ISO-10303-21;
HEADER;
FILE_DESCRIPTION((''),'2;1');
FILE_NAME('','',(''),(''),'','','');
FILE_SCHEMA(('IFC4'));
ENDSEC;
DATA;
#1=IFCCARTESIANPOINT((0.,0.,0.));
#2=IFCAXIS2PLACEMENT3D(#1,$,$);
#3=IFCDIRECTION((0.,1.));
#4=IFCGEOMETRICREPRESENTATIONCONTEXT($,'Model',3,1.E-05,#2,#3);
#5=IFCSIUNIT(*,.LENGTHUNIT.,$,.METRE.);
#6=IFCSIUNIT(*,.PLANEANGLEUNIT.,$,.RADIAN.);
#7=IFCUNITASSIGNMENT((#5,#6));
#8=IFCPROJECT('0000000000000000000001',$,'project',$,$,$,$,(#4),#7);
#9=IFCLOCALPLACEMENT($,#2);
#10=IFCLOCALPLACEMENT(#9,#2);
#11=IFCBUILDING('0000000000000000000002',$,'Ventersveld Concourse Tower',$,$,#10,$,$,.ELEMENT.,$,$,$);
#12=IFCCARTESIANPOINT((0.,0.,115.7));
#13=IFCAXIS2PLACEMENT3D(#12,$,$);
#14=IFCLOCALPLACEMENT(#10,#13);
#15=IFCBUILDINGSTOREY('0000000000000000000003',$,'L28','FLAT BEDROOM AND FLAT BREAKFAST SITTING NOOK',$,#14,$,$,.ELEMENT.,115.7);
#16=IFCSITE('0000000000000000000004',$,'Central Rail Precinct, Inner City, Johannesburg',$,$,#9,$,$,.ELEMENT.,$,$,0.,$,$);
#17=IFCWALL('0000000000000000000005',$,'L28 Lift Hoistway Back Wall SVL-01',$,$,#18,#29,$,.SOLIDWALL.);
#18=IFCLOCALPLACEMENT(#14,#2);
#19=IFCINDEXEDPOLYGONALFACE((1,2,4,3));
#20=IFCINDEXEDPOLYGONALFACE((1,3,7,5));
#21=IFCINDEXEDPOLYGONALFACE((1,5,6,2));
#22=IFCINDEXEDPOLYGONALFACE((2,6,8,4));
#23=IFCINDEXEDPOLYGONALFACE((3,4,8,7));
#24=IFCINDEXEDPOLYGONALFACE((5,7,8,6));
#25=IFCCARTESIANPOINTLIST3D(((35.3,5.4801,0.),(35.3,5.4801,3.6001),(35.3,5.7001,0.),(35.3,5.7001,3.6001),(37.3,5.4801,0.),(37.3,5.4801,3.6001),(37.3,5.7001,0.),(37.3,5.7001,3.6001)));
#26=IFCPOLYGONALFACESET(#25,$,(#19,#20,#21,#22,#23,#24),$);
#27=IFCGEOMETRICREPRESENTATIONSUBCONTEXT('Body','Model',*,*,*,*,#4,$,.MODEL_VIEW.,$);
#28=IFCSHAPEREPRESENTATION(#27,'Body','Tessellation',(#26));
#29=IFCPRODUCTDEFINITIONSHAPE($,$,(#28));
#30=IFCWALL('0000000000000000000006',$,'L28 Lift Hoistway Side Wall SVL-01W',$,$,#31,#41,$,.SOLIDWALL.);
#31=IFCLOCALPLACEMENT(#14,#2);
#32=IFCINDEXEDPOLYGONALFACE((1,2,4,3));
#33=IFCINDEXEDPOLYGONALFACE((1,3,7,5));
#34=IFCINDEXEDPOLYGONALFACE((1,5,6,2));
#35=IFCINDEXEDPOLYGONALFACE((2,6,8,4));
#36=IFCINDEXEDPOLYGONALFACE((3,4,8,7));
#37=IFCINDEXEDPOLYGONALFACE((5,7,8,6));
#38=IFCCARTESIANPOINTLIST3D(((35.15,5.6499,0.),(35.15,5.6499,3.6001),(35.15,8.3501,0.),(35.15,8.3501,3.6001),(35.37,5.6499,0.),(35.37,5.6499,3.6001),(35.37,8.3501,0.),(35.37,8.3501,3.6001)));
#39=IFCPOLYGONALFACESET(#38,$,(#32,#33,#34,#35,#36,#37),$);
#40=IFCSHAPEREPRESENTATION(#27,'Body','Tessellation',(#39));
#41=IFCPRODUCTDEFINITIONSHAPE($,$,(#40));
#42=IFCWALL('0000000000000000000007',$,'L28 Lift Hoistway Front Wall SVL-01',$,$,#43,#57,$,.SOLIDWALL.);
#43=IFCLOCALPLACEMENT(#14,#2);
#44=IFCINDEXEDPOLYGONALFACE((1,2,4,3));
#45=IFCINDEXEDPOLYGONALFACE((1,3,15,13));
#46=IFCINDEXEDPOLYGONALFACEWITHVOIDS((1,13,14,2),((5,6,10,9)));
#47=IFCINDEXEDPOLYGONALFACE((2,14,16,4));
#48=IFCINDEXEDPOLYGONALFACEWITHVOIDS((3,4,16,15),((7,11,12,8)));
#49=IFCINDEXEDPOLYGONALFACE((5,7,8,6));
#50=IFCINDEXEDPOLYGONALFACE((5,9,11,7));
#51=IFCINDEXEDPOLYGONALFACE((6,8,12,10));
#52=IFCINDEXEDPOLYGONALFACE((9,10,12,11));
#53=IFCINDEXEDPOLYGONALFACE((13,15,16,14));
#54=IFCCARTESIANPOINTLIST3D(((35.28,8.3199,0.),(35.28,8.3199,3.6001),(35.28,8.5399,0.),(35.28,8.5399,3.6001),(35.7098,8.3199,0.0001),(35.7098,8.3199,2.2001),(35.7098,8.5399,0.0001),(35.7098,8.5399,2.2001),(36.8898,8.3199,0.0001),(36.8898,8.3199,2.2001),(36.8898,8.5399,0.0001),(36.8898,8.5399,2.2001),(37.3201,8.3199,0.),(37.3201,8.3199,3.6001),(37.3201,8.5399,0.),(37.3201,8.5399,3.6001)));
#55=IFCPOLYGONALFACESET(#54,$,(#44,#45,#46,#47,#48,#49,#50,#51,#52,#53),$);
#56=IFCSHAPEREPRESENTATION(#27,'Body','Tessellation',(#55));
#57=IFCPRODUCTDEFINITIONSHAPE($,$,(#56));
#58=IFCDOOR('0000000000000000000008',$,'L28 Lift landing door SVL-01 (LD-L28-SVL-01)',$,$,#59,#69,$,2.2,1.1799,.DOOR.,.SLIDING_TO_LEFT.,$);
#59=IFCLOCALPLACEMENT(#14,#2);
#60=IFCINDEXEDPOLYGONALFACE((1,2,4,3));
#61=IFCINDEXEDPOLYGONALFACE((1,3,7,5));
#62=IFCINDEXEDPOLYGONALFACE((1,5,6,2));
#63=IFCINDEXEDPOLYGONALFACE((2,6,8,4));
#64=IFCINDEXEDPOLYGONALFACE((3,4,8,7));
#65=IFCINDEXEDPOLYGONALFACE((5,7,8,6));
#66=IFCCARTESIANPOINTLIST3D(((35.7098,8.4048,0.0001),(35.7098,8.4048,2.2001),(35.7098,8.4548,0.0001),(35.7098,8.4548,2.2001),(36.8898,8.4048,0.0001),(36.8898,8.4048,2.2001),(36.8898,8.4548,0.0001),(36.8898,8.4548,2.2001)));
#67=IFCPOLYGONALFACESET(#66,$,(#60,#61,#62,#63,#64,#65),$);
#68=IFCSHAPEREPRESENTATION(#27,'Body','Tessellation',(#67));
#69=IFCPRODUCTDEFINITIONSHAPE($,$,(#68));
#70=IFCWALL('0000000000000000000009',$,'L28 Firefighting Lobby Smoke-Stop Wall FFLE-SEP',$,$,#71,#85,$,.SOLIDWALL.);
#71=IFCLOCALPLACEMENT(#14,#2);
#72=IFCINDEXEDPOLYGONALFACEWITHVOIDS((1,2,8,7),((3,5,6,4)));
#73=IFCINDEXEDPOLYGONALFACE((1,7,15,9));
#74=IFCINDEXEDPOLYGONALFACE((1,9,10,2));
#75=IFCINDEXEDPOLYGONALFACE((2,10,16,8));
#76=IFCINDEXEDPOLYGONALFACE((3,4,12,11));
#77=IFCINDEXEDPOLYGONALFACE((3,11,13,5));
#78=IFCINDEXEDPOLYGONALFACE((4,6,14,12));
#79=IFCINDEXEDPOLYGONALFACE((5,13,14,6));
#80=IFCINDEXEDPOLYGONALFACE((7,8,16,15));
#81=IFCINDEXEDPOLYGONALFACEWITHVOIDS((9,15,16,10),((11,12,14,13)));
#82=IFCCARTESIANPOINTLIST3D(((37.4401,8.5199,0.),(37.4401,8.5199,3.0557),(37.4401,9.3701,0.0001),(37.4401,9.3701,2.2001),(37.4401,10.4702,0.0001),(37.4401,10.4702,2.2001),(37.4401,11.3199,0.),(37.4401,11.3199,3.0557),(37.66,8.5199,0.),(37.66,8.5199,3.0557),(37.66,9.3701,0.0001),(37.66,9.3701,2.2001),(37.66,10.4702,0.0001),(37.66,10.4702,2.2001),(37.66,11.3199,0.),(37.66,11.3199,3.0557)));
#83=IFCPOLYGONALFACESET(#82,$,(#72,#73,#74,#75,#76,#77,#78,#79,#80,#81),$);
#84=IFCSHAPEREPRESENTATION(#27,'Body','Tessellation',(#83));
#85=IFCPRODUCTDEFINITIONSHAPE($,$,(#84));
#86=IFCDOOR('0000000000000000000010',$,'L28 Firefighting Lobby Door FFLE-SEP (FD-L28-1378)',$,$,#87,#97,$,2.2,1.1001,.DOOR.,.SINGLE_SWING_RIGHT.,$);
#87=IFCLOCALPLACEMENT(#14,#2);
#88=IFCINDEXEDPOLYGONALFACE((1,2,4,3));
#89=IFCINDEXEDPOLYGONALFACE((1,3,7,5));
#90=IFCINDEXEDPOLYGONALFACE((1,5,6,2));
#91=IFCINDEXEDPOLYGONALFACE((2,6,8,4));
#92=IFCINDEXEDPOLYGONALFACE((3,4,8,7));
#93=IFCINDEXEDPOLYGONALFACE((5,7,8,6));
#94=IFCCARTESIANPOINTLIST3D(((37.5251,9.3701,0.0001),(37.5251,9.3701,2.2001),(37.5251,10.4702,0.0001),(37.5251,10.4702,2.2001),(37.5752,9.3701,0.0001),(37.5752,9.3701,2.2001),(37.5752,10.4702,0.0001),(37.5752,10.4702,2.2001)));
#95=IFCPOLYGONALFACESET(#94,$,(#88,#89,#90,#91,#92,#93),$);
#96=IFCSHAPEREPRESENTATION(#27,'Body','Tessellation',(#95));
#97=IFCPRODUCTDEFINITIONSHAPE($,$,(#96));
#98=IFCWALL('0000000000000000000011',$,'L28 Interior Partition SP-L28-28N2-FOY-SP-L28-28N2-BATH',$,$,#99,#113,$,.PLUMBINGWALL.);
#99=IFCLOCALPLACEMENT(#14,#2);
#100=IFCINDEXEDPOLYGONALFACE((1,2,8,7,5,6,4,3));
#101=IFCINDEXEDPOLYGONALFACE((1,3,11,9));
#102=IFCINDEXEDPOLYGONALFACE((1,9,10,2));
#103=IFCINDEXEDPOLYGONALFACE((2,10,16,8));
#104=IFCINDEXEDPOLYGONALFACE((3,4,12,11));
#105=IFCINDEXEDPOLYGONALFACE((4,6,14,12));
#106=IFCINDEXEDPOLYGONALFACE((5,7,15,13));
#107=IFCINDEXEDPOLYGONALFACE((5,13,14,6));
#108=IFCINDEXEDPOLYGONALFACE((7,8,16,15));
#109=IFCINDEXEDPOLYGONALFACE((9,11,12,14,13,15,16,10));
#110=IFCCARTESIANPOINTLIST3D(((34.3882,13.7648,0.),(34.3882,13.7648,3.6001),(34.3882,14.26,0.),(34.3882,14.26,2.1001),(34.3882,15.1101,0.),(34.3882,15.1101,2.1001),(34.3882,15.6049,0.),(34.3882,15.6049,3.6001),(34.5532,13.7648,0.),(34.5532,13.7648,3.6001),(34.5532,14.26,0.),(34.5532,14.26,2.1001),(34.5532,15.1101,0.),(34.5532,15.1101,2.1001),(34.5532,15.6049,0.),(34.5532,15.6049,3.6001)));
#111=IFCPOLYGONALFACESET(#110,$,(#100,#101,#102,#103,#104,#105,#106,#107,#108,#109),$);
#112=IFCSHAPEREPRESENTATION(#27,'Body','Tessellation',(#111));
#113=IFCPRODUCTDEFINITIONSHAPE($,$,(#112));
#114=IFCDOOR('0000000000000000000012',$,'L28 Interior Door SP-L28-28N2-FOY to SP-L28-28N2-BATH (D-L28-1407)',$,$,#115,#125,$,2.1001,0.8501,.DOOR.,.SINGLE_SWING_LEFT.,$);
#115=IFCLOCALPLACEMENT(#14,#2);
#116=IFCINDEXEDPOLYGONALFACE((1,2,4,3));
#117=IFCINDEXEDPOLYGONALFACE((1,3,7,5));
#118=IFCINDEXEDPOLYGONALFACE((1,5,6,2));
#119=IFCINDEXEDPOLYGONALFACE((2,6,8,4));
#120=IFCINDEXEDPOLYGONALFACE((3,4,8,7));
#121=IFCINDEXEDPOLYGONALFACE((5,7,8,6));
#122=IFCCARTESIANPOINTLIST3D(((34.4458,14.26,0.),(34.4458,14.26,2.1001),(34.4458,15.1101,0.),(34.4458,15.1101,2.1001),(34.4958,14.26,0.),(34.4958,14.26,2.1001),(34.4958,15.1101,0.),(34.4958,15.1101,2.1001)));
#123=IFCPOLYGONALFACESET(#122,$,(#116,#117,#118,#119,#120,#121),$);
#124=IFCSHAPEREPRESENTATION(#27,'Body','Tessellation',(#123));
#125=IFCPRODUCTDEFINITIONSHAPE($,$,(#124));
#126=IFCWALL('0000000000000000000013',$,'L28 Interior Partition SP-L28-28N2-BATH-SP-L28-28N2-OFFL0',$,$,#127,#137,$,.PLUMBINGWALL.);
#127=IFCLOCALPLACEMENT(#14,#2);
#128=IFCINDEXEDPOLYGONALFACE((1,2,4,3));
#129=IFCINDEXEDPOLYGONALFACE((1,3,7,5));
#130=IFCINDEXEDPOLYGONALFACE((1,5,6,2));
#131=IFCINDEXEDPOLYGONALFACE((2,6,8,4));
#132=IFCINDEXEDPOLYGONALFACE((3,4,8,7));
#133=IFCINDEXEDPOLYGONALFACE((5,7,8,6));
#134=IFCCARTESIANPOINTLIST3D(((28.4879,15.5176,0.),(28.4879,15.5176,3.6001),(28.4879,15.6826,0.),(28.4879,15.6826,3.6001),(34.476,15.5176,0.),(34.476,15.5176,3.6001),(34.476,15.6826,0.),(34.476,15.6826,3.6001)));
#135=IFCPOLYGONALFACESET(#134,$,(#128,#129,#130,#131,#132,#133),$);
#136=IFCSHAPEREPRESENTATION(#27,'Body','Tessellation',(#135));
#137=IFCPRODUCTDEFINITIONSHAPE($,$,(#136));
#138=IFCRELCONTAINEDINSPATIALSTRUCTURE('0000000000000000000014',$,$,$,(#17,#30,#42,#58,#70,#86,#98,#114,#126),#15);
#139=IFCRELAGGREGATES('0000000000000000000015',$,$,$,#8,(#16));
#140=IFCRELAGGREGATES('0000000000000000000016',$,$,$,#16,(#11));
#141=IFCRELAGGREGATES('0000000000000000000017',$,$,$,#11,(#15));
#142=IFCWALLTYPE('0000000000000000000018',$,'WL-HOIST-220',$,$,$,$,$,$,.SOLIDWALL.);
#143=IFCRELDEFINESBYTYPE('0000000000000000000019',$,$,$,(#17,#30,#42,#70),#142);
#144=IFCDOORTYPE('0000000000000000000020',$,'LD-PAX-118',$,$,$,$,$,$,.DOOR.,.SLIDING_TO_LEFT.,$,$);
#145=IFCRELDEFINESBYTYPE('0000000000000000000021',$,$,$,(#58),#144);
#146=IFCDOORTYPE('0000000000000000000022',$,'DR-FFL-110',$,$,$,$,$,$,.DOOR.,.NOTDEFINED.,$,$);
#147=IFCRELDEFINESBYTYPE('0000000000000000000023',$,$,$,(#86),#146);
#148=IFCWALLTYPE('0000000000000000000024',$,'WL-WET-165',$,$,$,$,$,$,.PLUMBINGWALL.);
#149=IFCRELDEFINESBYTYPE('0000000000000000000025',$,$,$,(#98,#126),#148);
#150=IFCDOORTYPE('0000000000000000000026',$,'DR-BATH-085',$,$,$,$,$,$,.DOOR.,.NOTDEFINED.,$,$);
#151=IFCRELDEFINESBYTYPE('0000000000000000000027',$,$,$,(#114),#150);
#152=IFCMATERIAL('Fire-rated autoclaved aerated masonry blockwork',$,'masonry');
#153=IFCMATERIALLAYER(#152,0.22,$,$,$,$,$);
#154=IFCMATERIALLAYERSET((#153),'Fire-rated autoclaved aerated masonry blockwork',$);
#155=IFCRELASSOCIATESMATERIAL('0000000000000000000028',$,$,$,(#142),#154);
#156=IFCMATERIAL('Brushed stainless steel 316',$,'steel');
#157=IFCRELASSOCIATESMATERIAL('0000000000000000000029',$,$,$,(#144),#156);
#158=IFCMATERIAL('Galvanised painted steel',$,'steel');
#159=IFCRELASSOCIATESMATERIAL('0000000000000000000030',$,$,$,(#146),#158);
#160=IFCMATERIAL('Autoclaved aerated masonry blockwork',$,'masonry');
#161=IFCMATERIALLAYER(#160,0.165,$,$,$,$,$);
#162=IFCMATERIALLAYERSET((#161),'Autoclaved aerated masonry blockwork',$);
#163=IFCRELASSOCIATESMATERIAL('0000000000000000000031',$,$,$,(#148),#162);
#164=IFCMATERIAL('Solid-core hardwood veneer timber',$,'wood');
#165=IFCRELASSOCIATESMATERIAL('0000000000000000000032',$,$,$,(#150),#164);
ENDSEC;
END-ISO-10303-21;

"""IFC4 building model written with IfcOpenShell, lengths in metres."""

from ifc_helpers import new_model, si_unit, direction, frame, frame_2d, origin, place, context, subcontext, project, spatial, rectangle, extrude, material, layer, layer_set, type_object, element, fill, save


model = new_model("IFC4")

# Units and contexts
model_context = context("Model", 3, precision=1e-05, world=origin(), true_north=direction((0.0, 1.0)))
body_context = subcontext(model_context, "Body", "Model", "MODEL_VIEW")
ifc_project = project(units=[si_unit("LENGTHUNIT", "METRE"), si_unit("PLANEANGLEUNIT", "RADIAN")], contexts=[model_context])

# Site, building, storey
site_placement = place(None, origin())
site = spatial("IfcSite", under=ifc_project, at=site_placement, Name="Central Rail Precinct, Inner City, Johannesburg", CompositionType="ELEMENT", RefElevation=0.0)
building_placement = place(site_placement, origin())
building = spatial("IfcBuilding", under=site, at=building_placement, Name="Ventersveld Concourse Tower", CompositionType="ELEMENT")
storey_placement = place(building_placement, frame((0.0, 0.0, 115.7)))
storey = spatial("IfcBuildingStorey", under=building, at=storey_placement, Name="L28", Description="FLAT BEDROOM AND FLAT BREAKFAST SITTING NOOK", CompositionType="ELEMENT", Elevation=115.7)

# Shared definitions
ifc_material_1 = material(Name="Fire-rated autoclaved aerated masonry blockwork", Category="masonry")
ifc_material_2 = material(Name="Solid-core hardwood veneer timber", Category="wood")

# Walls
ifc_layer_1 = layer(ifc_material_1, 0.22)
ifc_layer_set_1 = layer_set([ifc_layer_1], Name="Fire-rated autoclaved aerated masonry blockwork")
wall_type_1 = type_object("IfcWallType", Name="WL-HOIST-220", PredefinedType="SOLIDWALL", material=ifc_layer_set_1)
wall_1_placement = place(storey_placement, frame((35.3, 5.5901, 0.0), z_axis=(0.0, 0.0, 1.0), x_axis=(1.0, 0.0, 0.0)))
element("IfcWall", 1, at=wall_1_placement, inside=storey, type_object=wall_type_1, Name="L28 Lift Hoistway Back Wall SVL-01", PredefinedType="SOLIDWALL", context=body_context, shape_type="SweptSolid", body=[
    extrude(rectangle(XDim=2.0, YDim=0.22, at=frame_2d((1.0, 0.0))), origin(), (0.0, 0.0, 1.0), 3.6001),
])
wall_2_placement = place(storey_placement, frame((35.26, 5.6499, 0.0), z_axis=(0.0, 0.0, 1.0), x_axis=(0.0, 1.0, 0.0)))
element("IfcWall", 2, at=wall_2_placement, inside=storey, type_object=wall_type_1, Name="L28 Lift Hoistway Side Wall SVL-01W", PredefinedType="SOLIDWALL", context=body_context, shape_type="SweptSolid", body=[
    extrude(rectangle(XDim=2.7002, YDim=0.22, at=frame_2d((1.3501, 0.0))), origin(), (0.0, 0.0, 1.0), 3.6001),
])

# Walls, openings, doors
wall_3_placement = place(storey_placement, frame((35.28, 8.4299, 0.0), z_axis=(0.0, 0.0, 1.0), x_axis=(1.0, 0.0, 0.0)))
wall_3 = element("IfcWall", 3, at=wall_3_placement, inside=storey, type_object=wall_type_1, Name="L28 Lift Hoistway Front Wall SVL-01", PredefinedType="SOLIDWALL", context=body_context, shape_type="SweptSolid", body=[
    extrude(rectangle(XDim=2.04, YDim=0.22, at=frame_2d((1.02, 0.0))), origin(), (0.0, 0.0, 1.0), 3.6001),
])
opening_1_placement = place(wall_3_placement, frame((0.4299, 0.0, 0.0)))
opening_1 = element("IfcOpeningElement", 4, at=opening_1_placement, cuts=wall_3, PredefinedType="OPENING", context=body_context, shape_type="SweptSolid", body=[
    extrude(rectangle(XDim=1.1799, YDim=2.2, at=frame_2d((0.5898, 1.1001))), frame((0.0, 0.1201, 0.0), z_axis=(0.0, -1.0, 0.0), x_axis=(1.0, 0.0, 0.0)), (0.0, 0.0, 1.0), 0.24),
])
ifc_material_3 = material(Name="Brushed stainless steel 316", Category="steel")
door_type_1 = type_object("IfcDoorType", Name="LD-PAX-118", OperationType="SLIDING_TO_LEFT", PredefinedType="DOOR", material=ifc_material_3)
door_1_placement = place(opening_1_placement, origin())
door_1 = element("IfcDoor", 5, at=door_1_placement, inside=storey, type_object=door_type_1, Name="L28 Lift landing door SVL-01 (LD-L28-SVL-01)", OperationType="SLIDING_TO_LEFT", OverallHeight=2.2, OverallWidth=1.1799, PredefinedType="DOOR", context=body_context, shape_type="SweptSolid", body=[
    extrude(rectangle(XDim=1.1799, YDim=2.2, at=frame_2d((0.5898, 1.1001))), frame((0.0, 0.0249, 0.0), z_axis=(0.0, -1.0, 0.0), x_axis=(1.0, 0.0, 0.0)), (0.0, 0.0, 1.0), 0.05),
])
fill(opening_1, door_1)
wall_4_placement = place(storey_placement, frame((37.55, 8.52, 0.0), z_axis=(0.0, 0.0, 1.0), x_axis=(0.0, 1.0, 0.0)))
wall_4 = element("IfcWall", 6, at=wall_4_placement, inside=storey, type_object=wall_type_1, Name="L28 Firefighting Lobby Smoke-Stop Wall FFLE-SEP", PredefinedType="SOLIDWALL", context=body_context, shape_type="SweptSolid", body=[
    extrude(rectangle(XDim=2.8, YDim=0.22, at=frame_2d((1.3999, 0.0))), origin(), (0.0, 0.0, 1.0), 3.0557),
])
opening_2_placement = place(wall_4_placement, frame((0.8501, 0.0, 0.0)))
opening_2 = element("IfcOpeningElement", 7, at=opening_2_placement, cuts=wall_4, PredefinedType="OPENING", context=body_context, shape_type="SweptSolid", body=[
    extrude(rectangle(XDim=1.1001, YDim=2.2, at=frame_2d((0.55, 1.1001))), frame((0.0, 0.1201, 0.0), z_axis=(0.0, -1.0, 0.0), x_axis=(1.0, 0.0, 0.0)), (0.0, 0.0, 1.0), 0.24),
])
ifc_material_4 = material(Name="Galvanised painted steel", Category="steel")
door_type_2 = type_object("IfcDoorType", Name="DR-FFL-110", OperationType="NOTDEFINED", PredefinedType="DOOR", material=ifc_material_4)
door_2_placement = place(opening_2_placement, origin())
door_2 = element("IfcDoor", 8, at=door_2_placement, inside=storey, type_object=door_type_2, Name="L28 Firefighting Lobby Door FFLE-SEP (FD-L28-1378)", OperationType="SINGLE_SWING_RIGHT", OverallHeight=2.2, OverallWidth=1.1001, PredefinedType="DOOR", context=body_context, shape_type="SweptSolid", body=[
    extrude(rectangle(XDim=1.1001, YDim=2.2, at=frame_2d((0.55, 1.1001))), frame((0.0, 0.0249, 0.0), z_axis=(0.0, -1.0, 0.0), x_axis=(1.0, 0.0, 0.0)), (0.0, 0.0, 1.0), 0.05),
])
fill(opening_2, door_2)
ifc_material_5 = material(Name="Autoclaved aerated masonry blockwork", Category="masonry")
ifc_layer_2 = layer(ifc_material_5, 0.165)
ifc_layer_set_2 = layer_set([ifc_layer_2], Name="Autoclaved aerated masonry blockwork")
wall_type_2 = type_object("IfcWallType", Name="WL-WET-165", PredefinedType="PLUMBINGWALL", material=ifc_layer_set_2)
wall_5_placement = place(storey_placement, frame((34.4707, 13.7649, 0.0), z_axis=(0.0, 0.0, 1.0), x_axis=(0.0, 1.0, 0.0)))
wall_5 = element("IfcWall", 9, at=wall_5_placement, inside=storey, type_object=wall_type_2, Name="L28 Interior Partition SP-L28-28N2-FOY-SP-L28-28N2-BATH", PredefinedType="PLUMBINGWALL", context=body_context, shape_type="SweptSolid", body=[
    extrude(rectangle(XDim=1.8401, YDim=0.165, at=frame_2d((0.9199, 0.0))), origin(), (0.0, 0.0, 1.0), 3.6001),
])
opening_3_placement = place(wall_5_placement, frame((0.4951, 0.0, 0.0)))
opening_3 = element("IfcOpeningElement", 10, at=opening_3_placement, cuts=wall_5, PredefinedType="OPENING", context=body_context, shape_type="SweptSolid", body=[
    extrude(rectangle(XDim=0.8501, YDim=2.1001, at=frame_2d((0.425, 1.05))), frame((0.0, 0.0925, 0.0), z_axis=(0.0, -1.0, 0.0), x_axis=(1.0, 0.0, 0.0)), (0.0, 0.0, 1.0), 0.1851),
])
door_type_3 = type_object("IfcDoorType", Name="DR-BATH-085", OperationType="NOTDEFINED", PredefinedType="DOOR", material=ifc_material_2)
door_3_placement = place(opening_3_placement, origin())
door_3 = element("IfcDoor", 11, at=door_3_placement, inside=storey, type_object=door_type_3, Name="L28 Interior Door SP-L28-28N2-FOY to SP-L28-28N2-BATH (D-L28-1407)", OperationType="SINGLE_SWING_LEFT", OverallHeight=2.1001, OverallWidth=0.8501, PredefinedType="DOOR", context=body_context, shape_type="SweptSolid", body=[
    extrude(rectangle(XDim=0.8501, YDim=2.1001, at=frame_2d((0.425, 1.05))), frame((0.0, 0.0249, 0.0), z_axis=(0.0, -1.0, 0.0), x_axis=(1.0, 0.0, 0.0)), (0.0, 0.0, 1.0), 0.05),
])
fill(opening_3, door_3)

# Wall
wall_6_placement = place(storey_placement, frame((28.4878, 15.6001, 0.0), z_axis=(0.0, 0.0, 1.0), x_axis=(1.0, 0.0, 0.0)))
element("IfcWall", 12, at=wall_6_placement, inside=storey, type_object=wall_type_2, Name="L28 Interior Partition SP-L28-28N2-BATH-SP-L28-28N2-OFFL0", PredefinedType="PLUMBINGWALL", context=body_context, shape_type="SweptSolid", body=[
    extrude(rectangle(XDim=5.988, YDim=0.165, at=frame_2d((2.9941, 0.0))), origin(), (0.0, 0.0, 1.0), 3.6001),
])

save(model, "model.ifc")
